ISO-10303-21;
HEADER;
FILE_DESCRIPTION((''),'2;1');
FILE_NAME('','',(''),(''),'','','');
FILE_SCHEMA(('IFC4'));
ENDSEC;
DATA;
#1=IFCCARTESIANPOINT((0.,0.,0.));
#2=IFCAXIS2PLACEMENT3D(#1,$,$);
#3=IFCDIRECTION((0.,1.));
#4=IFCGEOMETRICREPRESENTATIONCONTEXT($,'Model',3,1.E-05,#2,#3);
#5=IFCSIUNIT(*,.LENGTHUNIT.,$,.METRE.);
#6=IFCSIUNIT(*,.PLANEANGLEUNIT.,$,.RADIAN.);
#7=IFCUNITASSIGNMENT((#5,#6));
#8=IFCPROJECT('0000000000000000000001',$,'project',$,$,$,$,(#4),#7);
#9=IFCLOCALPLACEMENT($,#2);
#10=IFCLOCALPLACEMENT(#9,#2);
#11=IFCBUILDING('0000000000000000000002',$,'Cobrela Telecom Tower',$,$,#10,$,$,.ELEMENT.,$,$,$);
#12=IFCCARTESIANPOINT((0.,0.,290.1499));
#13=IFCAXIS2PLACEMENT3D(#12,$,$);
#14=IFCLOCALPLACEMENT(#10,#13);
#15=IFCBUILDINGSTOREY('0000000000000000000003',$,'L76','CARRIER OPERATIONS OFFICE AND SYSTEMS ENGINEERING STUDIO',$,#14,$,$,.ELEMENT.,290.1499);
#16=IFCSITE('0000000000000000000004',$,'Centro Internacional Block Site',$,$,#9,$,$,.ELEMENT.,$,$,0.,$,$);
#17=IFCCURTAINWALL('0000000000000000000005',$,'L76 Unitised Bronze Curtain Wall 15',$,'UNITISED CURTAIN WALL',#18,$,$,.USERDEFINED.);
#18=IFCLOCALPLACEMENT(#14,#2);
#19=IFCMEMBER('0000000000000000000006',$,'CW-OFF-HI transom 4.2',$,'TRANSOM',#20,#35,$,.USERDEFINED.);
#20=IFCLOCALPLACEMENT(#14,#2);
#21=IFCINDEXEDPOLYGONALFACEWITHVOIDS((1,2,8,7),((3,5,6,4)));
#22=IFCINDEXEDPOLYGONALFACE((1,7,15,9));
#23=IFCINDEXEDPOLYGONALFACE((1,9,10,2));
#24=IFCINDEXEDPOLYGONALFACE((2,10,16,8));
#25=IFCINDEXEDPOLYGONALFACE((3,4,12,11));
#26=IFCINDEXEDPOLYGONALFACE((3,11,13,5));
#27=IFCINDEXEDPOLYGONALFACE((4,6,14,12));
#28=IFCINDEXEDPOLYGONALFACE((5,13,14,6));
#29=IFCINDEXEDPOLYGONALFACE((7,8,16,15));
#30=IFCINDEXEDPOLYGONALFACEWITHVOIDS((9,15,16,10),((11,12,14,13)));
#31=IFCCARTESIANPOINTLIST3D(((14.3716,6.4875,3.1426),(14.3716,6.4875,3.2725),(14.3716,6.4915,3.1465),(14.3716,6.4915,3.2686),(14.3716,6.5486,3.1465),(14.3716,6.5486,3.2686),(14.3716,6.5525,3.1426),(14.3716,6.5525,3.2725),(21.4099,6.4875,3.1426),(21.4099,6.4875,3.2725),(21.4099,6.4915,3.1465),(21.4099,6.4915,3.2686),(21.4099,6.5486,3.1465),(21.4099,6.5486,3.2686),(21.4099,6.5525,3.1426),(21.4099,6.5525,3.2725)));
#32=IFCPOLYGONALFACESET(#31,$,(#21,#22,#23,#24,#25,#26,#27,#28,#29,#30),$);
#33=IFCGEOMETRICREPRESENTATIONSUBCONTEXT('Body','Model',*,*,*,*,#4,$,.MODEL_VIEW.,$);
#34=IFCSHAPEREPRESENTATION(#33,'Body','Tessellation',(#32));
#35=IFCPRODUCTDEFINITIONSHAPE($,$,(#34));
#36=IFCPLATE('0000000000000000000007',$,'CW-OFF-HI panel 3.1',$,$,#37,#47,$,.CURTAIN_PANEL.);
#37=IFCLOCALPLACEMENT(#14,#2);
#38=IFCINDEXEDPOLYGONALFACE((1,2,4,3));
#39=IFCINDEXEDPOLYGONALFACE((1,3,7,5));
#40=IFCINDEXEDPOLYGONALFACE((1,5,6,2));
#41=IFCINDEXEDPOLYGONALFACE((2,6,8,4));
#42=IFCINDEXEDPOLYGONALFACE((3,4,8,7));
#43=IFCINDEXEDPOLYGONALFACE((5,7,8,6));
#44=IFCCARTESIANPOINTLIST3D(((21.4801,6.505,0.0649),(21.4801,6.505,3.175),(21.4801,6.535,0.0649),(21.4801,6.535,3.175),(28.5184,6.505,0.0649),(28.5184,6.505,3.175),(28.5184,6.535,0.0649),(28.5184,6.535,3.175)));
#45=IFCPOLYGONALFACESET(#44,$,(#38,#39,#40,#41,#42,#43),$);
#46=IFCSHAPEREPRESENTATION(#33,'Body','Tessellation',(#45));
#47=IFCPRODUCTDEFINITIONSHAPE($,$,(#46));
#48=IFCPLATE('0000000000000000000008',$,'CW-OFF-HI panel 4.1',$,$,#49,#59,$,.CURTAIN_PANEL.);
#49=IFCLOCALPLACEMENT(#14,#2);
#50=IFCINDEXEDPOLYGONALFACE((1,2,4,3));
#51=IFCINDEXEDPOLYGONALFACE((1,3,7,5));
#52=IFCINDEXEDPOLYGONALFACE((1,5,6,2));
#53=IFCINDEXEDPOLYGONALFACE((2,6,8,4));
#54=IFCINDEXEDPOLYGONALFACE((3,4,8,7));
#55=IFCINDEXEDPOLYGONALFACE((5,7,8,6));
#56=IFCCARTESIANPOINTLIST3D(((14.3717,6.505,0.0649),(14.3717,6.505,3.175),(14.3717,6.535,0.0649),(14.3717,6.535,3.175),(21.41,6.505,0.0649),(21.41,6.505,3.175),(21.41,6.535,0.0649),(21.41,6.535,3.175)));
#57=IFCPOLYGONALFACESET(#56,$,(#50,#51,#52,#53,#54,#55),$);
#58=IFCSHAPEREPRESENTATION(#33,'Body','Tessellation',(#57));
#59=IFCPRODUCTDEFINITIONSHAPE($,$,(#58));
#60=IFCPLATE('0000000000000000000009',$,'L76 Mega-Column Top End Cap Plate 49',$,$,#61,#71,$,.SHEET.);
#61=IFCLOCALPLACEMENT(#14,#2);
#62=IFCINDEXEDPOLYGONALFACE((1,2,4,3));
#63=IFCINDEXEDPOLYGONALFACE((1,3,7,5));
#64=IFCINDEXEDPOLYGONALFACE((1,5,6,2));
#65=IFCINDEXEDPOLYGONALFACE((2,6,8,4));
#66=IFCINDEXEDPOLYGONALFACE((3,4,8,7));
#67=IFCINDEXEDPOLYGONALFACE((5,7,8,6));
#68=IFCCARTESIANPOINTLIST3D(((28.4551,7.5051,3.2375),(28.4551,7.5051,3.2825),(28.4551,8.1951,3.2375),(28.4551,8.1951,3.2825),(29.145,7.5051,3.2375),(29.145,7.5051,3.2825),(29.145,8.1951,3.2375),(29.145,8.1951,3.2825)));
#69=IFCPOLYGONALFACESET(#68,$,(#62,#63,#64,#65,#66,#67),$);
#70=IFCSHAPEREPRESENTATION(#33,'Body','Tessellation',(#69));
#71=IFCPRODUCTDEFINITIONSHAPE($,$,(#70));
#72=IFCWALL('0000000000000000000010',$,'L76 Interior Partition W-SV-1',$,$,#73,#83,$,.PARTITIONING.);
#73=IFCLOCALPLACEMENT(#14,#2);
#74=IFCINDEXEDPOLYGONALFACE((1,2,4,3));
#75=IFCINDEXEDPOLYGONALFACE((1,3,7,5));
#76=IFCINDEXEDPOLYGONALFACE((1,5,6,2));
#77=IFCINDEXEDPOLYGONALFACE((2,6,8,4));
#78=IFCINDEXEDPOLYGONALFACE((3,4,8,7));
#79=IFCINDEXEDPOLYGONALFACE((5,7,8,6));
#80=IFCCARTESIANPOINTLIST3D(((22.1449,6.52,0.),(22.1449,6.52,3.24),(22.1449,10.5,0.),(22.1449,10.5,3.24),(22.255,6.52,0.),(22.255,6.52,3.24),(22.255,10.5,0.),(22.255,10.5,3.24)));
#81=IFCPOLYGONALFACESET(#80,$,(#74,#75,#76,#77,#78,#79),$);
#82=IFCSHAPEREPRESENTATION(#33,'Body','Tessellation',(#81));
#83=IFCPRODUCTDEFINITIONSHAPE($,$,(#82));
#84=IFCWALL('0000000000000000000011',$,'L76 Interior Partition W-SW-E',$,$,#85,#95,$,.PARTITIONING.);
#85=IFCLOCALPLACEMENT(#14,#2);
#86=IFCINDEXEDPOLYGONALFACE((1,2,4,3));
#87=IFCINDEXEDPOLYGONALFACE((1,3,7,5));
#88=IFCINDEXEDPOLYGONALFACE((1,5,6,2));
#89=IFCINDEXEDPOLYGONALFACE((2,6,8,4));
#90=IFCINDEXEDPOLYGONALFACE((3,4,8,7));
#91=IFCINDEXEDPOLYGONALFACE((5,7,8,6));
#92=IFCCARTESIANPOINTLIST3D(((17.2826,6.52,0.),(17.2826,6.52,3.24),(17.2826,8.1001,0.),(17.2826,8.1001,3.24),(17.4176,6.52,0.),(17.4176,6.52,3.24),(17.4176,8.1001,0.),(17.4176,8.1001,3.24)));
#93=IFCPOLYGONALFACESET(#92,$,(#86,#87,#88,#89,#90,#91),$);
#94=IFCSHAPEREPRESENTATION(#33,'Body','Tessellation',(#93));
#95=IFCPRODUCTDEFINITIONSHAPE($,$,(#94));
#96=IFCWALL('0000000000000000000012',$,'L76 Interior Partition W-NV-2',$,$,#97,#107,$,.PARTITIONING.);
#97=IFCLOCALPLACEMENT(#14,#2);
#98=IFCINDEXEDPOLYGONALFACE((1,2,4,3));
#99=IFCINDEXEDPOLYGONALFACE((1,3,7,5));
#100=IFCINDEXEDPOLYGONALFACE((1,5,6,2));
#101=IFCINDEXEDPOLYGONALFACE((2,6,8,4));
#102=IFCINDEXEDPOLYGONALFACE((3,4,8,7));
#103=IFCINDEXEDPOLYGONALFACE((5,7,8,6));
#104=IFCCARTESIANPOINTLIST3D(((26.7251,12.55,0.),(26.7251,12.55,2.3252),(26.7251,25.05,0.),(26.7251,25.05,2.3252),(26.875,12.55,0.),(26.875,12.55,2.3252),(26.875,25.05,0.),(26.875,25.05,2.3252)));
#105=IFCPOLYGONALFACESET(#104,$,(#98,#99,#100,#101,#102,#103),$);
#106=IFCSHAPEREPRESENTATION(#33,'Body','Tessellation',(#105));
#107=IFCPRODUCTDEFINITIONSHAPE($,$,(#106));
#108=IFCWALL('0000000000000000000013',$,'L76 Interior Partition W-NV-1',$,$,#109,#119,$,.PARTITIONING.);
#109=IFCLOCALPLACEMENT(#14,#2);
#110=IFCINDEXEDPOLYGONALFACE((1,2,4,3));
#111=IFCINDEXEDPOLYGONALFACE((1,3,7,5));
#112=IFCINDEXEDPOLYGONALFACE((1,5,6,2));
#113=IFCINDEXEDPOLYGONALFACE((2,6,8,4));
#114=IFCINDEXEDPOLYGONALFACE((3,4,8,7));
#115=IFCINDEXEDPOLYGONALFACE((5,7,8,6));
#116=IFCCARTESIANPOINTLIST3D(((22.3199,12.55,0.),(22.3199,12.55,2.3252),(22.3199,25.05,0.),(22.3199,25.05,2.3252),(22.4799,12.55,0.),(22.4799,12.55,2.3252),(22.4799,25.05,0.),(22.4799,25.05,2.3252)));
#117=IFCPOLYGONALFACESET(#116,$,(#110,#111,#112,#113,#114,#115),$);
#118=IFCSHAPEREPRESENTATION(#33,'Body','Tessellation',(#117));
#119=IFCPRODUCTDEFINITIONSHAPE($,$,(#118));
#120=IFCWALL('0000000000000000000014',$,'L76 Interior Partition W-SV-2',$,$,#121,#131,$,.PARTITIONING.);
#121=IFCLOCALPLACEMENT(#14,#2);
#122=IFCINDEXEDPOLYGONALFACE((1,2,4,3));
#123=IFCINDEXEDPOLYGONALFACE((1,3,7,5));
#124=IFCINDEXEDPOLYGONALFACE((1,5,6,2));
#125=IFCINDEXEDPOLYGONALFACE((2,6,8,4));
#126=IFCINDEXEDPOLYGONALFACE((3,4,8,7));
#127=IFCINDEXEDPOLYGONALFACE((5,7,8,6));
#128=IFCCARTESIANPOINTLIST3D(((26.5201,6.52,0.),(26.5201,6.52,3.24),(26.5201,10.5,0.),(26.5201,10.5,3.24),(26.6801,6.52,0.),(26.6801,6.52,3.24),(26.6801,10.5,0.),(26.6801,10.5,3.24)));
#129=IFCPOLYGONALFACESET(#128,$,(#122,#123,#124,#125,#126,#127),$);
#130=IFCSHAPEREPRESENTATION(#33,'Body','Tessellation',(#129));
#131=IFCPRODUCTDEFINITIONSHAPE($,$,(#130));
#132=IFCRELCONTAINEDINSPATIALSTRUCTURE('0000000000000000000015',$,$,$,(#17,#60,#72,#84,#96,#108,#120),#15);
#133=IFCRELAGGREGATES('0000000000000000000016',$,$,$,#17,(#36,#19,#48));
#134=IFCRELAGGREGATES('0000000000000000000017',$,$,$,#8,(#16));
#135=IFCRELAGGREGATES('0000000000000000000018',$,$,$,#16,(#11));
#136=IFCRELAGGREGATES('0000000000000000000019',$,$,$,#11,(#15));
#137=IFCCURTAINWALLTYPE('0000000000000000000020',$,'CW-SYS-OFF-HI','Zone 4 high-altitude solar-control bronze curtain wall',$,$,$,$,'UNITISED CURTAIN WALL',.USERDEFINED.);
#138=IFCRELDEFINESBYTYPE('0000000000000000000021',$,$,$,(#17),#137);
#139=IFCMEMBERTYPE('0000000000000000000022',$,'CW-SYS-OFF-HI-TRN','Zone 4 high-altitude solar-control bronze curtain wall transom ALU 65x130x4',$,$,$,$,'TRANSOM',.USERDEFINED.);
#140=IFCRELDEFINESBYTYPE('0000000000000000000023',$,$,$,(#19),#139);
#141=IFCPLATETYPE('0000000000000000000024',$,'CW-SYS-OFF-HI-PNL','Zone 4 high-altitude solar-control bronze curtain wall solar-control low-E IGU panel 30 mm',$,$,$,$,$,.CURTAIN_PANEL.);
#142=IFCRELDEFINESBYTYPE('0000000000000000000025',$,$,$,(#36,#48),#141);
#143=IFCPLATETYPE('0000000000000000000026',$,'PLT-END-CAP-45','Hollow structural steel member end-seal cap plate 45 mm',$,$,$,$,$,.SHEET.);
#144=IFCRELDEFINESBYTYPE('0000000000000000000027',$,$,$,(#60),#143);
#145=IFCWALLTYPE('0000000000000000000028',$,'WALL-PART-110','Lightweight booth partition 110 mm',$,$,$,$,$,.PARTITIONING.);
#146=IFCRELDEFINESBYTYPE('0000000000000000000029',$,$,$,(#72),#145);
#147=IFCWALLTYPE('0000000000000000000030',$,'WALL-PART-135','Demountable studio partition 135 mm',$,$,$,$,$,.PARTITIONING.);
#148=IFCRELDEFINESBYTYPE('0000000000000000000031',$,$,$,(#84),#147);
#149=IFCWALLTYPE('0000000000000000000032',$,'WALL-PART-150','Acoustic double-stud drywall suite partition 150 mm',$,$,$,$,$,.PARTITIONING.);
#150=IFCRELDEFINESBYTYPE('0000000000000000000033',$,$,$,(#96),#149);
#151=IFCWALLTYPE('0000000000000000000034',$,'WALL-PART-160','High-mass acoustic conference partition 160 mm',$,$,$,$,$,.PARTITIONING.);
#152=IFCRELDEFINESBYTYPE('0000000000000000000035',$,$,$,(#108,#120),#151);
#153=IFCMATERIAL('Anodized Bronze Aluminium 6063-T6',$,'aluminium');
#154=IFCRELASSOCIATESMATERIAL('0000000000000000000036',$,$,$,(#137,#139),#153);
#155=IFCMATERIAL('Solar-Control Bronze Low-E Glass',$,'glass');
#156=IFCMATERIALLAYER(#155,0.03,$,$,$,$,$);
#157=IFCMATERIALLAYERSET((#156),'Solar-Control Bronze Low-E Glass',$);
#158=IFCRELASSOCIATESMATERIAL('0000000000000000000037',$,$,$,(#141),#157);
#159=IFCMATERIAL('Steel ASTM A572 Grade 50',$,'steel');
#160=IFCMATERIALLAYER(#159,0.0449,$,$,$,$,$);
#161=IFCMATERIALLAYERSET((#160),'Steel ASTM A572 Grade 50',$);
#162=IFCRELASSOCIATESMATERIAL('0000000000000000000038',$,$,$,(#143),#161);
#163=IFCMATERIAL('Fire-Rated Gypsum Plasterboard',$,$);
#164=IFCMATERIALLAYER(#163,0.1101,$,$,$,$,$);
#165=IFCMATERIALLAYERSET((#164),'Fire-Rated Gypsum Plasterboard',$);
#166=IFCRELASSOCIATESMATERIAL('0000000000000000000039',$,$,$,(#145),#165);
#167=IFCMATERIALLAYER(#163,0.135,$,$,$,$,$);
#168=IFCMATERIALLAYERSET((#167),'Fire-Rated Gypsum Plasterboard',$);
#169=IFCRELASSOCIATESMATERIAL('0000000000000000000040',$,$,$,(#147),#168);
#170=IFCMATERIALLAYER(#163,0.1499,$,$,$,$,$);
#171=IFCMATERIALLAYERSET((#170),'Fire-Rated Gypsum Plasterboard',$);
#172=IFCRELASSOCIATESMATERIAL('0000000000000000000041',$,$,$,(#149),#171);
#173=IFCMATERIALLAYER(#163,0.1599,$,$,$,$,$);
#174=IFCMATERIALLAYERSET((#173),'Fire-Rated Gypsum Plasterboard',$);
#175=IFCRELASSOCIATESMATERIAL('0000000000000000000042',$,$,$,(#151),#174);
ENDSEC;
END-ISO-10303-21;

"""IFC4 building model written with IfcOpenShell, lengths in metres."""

from ifc_helpers import new_model, si_unit, direction, frame, frame_2d, origin, origin_2d, place, context, subcontext, project, spatial, rectangle, hollow_rectangle, extrude, material, layer, layer_set, material_profile, profile_set, type_object, element, aggregate, save


model = new_model("IFC4")

# Units and contexts
model_context = context("Model", 3, precision=1e-05, world=origin(), true_north=direction((0.0, 1.0)))
body_context = subcontext(model_context, "Body", "Model", "MODEL_VIEW")
ifc_project = project(units=[si_unit("LENGTHUNIT", "METRE"), si_unit("PLANEANGLEUNIT", "RADIAN")], contexts=[model_context])

# Site, building, storey
site_placement = place(None, origin())
site = spatial("IfcSite", under=ifc_project, at=site_placement, Name="Centro Internacional Block Site", CompositionType="ELEMENT", RefElevation=0.0)
building_placement = place(site_placement, origin())
building = spatial("IfcBuilding", under=site, at=building_placement, Name="Cobrela Telecom Tower", CompositionType="ELEMENT")
storey_placement = place(building_placement, frame((0.0, 0.0, 290.1499)))
storey = spatial("IfcBuildingStorey", under=building, at=storey_placement, Name="L76", Description="CARRIER OPERATIONS OFFICE AND SYSTEMS ENGINEERING STUDIO", CompositionType="ELEMENT", Elevation=290.1499)

# Shared definitions
ifc_material_1 = material(Name="Steel ASTM A572 Grade 50", Category="steel")

# Curtain wall, member, plates
ifc_material_2 = material(Name="Anodized Bronze Aluminium 6063-T6", Category="aluminium")
curtain_wall_type = type_object("IfcCurtainWallType", Name="CW-SYS-OFF-HI", Description="Zone 4 high-altitude solar-control bronze curtain wall", ElementType="UNITISED CURTAIN WALL", PredefinedType="USERDEFINED", material=ifc_material_2)
curtain_wall_placement = place(storey_placement, origin())
curtain_wall = element("IfcCurtainWall", 1, at=curtain_wall_placement, inside=storey, type_object=curtain_wall_type, Name="L76 Unitised Bronze Curtain Wall 15", ObjectType="UNITISED CURTAIN WALL", PredefinedType="USERDEFINED")
ifc_material_profile_1 = material_profile(ifc_material_2, hollow_rectangle(XDim=0.0649, YDim=0.1299, WallThickness=0.0039, at=origin_2d()), Name="ALU 65x130x4")
ifc_profile_set_1 = profile_set([ifc_material_profile_1], Name="Anodized Bronze Aluminium 6063-T6")
member_type_1 = type_object("IfcMemberType", Name="CW-SYS-OFF-HI-TRN", Description="Zone 4 high-altitude solar-control bronze curtain wall transom ALU 65x130x4", ElementType="TRANSOM", PredefinedType="USERDEFINED", material=ifc_profile_set_1)
member_1_placement = place(storey_placement, frame((21.4099, 6.52, 3.2075), z_axis=(-1.0, 0.0, 0.0), x_axis=(0.0, -1.0, 0.0)))
member_1 = element("IfcMember", 2, at=member_1_placement, type_object=member_type_1, Name="CW-OFF-HI transom 4.2", ObjectType="TRANSOM", PredefinedType="USERDEFINED", context=body_context, shape_type="SweptSolid", body=[
    extrude(hollow_rectangle(XDim=0.0649, YDim=0.1299, WallThickness=0.0039, at=origin_2d()), origin(), (0.0, 0.0, 1.0), 7.0383),
])
ifc_material_3 = material(Name="Solar-Control Bronze Low-E Glass", Category="glass")
ifc_layer_1 = layer(ifc_material_3, 0.03)
ifc_layer_set_1 = layer_set([ifc_layer_1], Name="Solar-Control Bronze Low-E Glass")
plate_type_1 = type_object("IfcPlateType", Name="CW-SYS-OFF-HI-PNL", Description="Zone 4 high-altitude solar-control bronze curtain wall solar-control low-E IGU panel 30 mm", PredefinedType="CURTAIN_PANEL", material=ifc_layer_set_1)
plate_1_placement = place(storey_placement, frame((24.9993, 6.52, 0.0649), z_axis=(0.0, 0.0, 1.0), x_axis=(-1.0, 0.0, 0.0)))
plate_1 = element("IfcPlate", 3, at=plate_1_placement, type_object=plate_type_1, Name="CW-OFF-HI panel 3.1", PredefinedType="CURTAIN_PANEL", context=body_context, shape_type="SweptSolid", body=[
    extrude(rectangle(XDim=7.0383, YDim=0.03, at=origin_2d()), origin(), (0.0, 0.0, 1.0), 3.1101),
])
plate_2_placement = place(storey_placement, frame((17.8909, 6.52, 0.0649), z_axis=(0.0, 0.0, 1.0), x_axis=(-1.0, 0.0, 0.0)))
plate_2 = element("IfcPlate", 4, at=plate_2_placement, type_object=plate_type_1, Name="CW-OFF-HI panel 4.1", PredefinedType="CURTAIN_PANEL", context=body_context, shape_type="SweptSolid", body=[
    extrude(rectangle(XDim=7.0383, YDim=0.03, at=origin_2d()), origin(), (0.0, 0.0, 1.0), 3.1101),
])
aggregate(curtain_wall, [plate_1, member_1, plate_2])

# Plate
ifc_layer_2 = layer(ifc_material_1, 0.0449)
ifc_layer_set_2 = layer_set([ifc_layer_2], Name="Steel ASTM A572 Grade 50")
plate_type_2 = type_object("IfcPlateType", Name="PLT-END-CAP-45", Description="Hollow structural steel member end-seal cap plate 45 mm", PredefinedType="SHEET", material=ifc_layer_set_2)
plate_3_placement = place(storey_placement, frame((28.8, 7.8501, 3.2375), z_axis=(0.0, 0.0, 1.0), x_axis=(1.0, 0.0, 0.0)))
element("IfcPlate", 5, at=plate_3_placement, inside=storey, type_object=plate_type_2, Name="L76 Mega-Column Top End Cap Plate 49", PredefinedType="SHEET", context=body_context, shape_type="SweptSolid", body=[
    extrude(rectangle(XDim=0.6899, YDim=0.6899, at=origin_2d()), origin(), (0.0, 0.0, 1.0), 0.0449),
])

# Walls
ifc_material_4 = material(Name="Fire-Rated Gypsum Plasterboard")
ifc_layer_3 = layer(ifc_material_4, 0.1101)
ifc_layer_set_3 = layer_set([ifc_layer_3], Name="Fire-Rated Gypsum Plasterboard")
wall_type_1 = type_object("IfcWallType", Name="WALL-PART-110", Description="Lightweight booth partition 110 mm", PredefinedType="PARTITIONING", material=ifc_layer_set_3)
wall_1_placement = place(storey_placement, frame((22.2, 6.52, 0.0), z_axis=(0.0, 0.0, 1.0), x_axis=(0.0, 1.0, 0.0)))
element("IfcWall", 6, at=wall_1_placement, inside=storey, type_object=wall_type_1, Name="L76 Interior Partition W-SV-1", PredefinedType="PARTITIONING", context=body_context, shape_type="SweptSolid", body=[
    extrude(rectangle(XDim=3.98, YDim=0.1101, at=frame_2d((1.99, 0.0))), origin(), (0.0, 0.0, 1.0), 3.24),
])
ifc_layer_4 = layer(ifc_material_4, 0.135)
ifc_layer_set_4 = layer_set([ifc_layer_4], Name="Fire-Rated Gypsum Plasterboard")
wall_type_2 = type_object("IfcWallType", Name="WALL-PART-135", Description="Demountable studio partition 135 mm", PredefinedType="PARTITIONING", material=ifc_layer_set_4)
wall_2_placement = place(storey_placement, frame((17.3501, 6.52, 0.0), z_axis=(0.0, 0.0, 1.0), x_axis=(0.0, 1.0, 0.0)))
element("IfcWall", 7, at=wall_2_placement, inside=storey, type_object=wall_type_2, Name="L76 Interior Partition W-SW-E", PredefinedType="PARTITIONING", context=body_context, shape_type="SweptSolid", body=[
    extrude(rectangle(XDim=1.5801, YDim=0.135, at=frame_2d((0.79, 0.0))), origin(), (0.0, 0.0, 1.0), 3.24),
])
ifc_layer_5 = layer(ifc_material_4, 0.1499)
ifc_layer_set_5 = layer_set([ifc_layer_5], Name="Fire-Rated Gypsum Plasterboard")
wall_type_3 = type_object("IfcWallType", Name="WALL-PART-150", Description="Acoustic double-stud drywall suite partition 150 mm", PredefinedType="PARTITIONING", material=ifc_layer_set_5)
wall_3_placement = place(storey_placement, frame((26.8, 12.55, 0.0), z_axis=(0.0, 0.0, 1.0), x_axis=(0.0, 1.0, 0.0)))
element("IfcWall", 8, at=wall_3_placement, inside=storey, type_object=wall_type_3, Name="L76 Interior Partition W-NV-2", PredefinedType="PARTITIONING", context=body_context, shape_type="SweptSolid", body=[
    extrude(rectangle(XDim=12.5, YDim=0.1499, at=frame_2d((6.25, 0.0))), origin(), (0.0, 0.0, 1.0), 2.3252),
])
ifc_layer_6 = layer(ifc_material_4, 0.1599)
ifc_layer_set_6 = layer_set([ifc_layer_6], Name="Fire-Rated Gypsum Plasterboard")
wall_type_4 = type_object("IfcWallType", Name="WALL-PART-160", Description="High-mass acoustic conference partition 160 mm", PredefinedType="PARTITIONING", material=ifc_layer_set_6)
wall_4_placement = place(storey_placement, frame((22.3999, 12.55, 0.0), z_axis=(0.0, 0.0, 1.0), x_axis=(0.0, 1.0, 0.0)))
element("IfcWall", 9, at=wall_4_placement, inside=storey, type_object=wall_type_4, Name="L76 Interior Partition W-NV-1", PredefinedType="PARTITIONING", context=body_context, shape_type="SweptSolid", body=[
    extrude(rectangle(XDim=12.5, YDim=0.1599, at=frame_2d((6.25, 0.0))), origin(), (0.0, 0.0, 1.0), 2.3252),
])
wall_5_placement = place(storey_placement, frame((26.6001, 6.52, 0.0), z_axis=(0.0, 0.0, 1.0), x_axis=(0.0, 1.0, 0.0)))
element("IfcWall", 10, at=wall_5_placement, inside=storey, type_object=wall_type_4, Name="L76 Interior Partition W-SV-2", PredefinedType="PARTITIONING", context=body_context, shape_type="SweptSolid", body=[
    extrude(rectangle(XDim=3.98, YDim=0.1599, at=frame_2d((1.99, 0.0))), origin(), (0.0, 0.0, 1.0), 3.24),
])

save(model, "model.ifc")
